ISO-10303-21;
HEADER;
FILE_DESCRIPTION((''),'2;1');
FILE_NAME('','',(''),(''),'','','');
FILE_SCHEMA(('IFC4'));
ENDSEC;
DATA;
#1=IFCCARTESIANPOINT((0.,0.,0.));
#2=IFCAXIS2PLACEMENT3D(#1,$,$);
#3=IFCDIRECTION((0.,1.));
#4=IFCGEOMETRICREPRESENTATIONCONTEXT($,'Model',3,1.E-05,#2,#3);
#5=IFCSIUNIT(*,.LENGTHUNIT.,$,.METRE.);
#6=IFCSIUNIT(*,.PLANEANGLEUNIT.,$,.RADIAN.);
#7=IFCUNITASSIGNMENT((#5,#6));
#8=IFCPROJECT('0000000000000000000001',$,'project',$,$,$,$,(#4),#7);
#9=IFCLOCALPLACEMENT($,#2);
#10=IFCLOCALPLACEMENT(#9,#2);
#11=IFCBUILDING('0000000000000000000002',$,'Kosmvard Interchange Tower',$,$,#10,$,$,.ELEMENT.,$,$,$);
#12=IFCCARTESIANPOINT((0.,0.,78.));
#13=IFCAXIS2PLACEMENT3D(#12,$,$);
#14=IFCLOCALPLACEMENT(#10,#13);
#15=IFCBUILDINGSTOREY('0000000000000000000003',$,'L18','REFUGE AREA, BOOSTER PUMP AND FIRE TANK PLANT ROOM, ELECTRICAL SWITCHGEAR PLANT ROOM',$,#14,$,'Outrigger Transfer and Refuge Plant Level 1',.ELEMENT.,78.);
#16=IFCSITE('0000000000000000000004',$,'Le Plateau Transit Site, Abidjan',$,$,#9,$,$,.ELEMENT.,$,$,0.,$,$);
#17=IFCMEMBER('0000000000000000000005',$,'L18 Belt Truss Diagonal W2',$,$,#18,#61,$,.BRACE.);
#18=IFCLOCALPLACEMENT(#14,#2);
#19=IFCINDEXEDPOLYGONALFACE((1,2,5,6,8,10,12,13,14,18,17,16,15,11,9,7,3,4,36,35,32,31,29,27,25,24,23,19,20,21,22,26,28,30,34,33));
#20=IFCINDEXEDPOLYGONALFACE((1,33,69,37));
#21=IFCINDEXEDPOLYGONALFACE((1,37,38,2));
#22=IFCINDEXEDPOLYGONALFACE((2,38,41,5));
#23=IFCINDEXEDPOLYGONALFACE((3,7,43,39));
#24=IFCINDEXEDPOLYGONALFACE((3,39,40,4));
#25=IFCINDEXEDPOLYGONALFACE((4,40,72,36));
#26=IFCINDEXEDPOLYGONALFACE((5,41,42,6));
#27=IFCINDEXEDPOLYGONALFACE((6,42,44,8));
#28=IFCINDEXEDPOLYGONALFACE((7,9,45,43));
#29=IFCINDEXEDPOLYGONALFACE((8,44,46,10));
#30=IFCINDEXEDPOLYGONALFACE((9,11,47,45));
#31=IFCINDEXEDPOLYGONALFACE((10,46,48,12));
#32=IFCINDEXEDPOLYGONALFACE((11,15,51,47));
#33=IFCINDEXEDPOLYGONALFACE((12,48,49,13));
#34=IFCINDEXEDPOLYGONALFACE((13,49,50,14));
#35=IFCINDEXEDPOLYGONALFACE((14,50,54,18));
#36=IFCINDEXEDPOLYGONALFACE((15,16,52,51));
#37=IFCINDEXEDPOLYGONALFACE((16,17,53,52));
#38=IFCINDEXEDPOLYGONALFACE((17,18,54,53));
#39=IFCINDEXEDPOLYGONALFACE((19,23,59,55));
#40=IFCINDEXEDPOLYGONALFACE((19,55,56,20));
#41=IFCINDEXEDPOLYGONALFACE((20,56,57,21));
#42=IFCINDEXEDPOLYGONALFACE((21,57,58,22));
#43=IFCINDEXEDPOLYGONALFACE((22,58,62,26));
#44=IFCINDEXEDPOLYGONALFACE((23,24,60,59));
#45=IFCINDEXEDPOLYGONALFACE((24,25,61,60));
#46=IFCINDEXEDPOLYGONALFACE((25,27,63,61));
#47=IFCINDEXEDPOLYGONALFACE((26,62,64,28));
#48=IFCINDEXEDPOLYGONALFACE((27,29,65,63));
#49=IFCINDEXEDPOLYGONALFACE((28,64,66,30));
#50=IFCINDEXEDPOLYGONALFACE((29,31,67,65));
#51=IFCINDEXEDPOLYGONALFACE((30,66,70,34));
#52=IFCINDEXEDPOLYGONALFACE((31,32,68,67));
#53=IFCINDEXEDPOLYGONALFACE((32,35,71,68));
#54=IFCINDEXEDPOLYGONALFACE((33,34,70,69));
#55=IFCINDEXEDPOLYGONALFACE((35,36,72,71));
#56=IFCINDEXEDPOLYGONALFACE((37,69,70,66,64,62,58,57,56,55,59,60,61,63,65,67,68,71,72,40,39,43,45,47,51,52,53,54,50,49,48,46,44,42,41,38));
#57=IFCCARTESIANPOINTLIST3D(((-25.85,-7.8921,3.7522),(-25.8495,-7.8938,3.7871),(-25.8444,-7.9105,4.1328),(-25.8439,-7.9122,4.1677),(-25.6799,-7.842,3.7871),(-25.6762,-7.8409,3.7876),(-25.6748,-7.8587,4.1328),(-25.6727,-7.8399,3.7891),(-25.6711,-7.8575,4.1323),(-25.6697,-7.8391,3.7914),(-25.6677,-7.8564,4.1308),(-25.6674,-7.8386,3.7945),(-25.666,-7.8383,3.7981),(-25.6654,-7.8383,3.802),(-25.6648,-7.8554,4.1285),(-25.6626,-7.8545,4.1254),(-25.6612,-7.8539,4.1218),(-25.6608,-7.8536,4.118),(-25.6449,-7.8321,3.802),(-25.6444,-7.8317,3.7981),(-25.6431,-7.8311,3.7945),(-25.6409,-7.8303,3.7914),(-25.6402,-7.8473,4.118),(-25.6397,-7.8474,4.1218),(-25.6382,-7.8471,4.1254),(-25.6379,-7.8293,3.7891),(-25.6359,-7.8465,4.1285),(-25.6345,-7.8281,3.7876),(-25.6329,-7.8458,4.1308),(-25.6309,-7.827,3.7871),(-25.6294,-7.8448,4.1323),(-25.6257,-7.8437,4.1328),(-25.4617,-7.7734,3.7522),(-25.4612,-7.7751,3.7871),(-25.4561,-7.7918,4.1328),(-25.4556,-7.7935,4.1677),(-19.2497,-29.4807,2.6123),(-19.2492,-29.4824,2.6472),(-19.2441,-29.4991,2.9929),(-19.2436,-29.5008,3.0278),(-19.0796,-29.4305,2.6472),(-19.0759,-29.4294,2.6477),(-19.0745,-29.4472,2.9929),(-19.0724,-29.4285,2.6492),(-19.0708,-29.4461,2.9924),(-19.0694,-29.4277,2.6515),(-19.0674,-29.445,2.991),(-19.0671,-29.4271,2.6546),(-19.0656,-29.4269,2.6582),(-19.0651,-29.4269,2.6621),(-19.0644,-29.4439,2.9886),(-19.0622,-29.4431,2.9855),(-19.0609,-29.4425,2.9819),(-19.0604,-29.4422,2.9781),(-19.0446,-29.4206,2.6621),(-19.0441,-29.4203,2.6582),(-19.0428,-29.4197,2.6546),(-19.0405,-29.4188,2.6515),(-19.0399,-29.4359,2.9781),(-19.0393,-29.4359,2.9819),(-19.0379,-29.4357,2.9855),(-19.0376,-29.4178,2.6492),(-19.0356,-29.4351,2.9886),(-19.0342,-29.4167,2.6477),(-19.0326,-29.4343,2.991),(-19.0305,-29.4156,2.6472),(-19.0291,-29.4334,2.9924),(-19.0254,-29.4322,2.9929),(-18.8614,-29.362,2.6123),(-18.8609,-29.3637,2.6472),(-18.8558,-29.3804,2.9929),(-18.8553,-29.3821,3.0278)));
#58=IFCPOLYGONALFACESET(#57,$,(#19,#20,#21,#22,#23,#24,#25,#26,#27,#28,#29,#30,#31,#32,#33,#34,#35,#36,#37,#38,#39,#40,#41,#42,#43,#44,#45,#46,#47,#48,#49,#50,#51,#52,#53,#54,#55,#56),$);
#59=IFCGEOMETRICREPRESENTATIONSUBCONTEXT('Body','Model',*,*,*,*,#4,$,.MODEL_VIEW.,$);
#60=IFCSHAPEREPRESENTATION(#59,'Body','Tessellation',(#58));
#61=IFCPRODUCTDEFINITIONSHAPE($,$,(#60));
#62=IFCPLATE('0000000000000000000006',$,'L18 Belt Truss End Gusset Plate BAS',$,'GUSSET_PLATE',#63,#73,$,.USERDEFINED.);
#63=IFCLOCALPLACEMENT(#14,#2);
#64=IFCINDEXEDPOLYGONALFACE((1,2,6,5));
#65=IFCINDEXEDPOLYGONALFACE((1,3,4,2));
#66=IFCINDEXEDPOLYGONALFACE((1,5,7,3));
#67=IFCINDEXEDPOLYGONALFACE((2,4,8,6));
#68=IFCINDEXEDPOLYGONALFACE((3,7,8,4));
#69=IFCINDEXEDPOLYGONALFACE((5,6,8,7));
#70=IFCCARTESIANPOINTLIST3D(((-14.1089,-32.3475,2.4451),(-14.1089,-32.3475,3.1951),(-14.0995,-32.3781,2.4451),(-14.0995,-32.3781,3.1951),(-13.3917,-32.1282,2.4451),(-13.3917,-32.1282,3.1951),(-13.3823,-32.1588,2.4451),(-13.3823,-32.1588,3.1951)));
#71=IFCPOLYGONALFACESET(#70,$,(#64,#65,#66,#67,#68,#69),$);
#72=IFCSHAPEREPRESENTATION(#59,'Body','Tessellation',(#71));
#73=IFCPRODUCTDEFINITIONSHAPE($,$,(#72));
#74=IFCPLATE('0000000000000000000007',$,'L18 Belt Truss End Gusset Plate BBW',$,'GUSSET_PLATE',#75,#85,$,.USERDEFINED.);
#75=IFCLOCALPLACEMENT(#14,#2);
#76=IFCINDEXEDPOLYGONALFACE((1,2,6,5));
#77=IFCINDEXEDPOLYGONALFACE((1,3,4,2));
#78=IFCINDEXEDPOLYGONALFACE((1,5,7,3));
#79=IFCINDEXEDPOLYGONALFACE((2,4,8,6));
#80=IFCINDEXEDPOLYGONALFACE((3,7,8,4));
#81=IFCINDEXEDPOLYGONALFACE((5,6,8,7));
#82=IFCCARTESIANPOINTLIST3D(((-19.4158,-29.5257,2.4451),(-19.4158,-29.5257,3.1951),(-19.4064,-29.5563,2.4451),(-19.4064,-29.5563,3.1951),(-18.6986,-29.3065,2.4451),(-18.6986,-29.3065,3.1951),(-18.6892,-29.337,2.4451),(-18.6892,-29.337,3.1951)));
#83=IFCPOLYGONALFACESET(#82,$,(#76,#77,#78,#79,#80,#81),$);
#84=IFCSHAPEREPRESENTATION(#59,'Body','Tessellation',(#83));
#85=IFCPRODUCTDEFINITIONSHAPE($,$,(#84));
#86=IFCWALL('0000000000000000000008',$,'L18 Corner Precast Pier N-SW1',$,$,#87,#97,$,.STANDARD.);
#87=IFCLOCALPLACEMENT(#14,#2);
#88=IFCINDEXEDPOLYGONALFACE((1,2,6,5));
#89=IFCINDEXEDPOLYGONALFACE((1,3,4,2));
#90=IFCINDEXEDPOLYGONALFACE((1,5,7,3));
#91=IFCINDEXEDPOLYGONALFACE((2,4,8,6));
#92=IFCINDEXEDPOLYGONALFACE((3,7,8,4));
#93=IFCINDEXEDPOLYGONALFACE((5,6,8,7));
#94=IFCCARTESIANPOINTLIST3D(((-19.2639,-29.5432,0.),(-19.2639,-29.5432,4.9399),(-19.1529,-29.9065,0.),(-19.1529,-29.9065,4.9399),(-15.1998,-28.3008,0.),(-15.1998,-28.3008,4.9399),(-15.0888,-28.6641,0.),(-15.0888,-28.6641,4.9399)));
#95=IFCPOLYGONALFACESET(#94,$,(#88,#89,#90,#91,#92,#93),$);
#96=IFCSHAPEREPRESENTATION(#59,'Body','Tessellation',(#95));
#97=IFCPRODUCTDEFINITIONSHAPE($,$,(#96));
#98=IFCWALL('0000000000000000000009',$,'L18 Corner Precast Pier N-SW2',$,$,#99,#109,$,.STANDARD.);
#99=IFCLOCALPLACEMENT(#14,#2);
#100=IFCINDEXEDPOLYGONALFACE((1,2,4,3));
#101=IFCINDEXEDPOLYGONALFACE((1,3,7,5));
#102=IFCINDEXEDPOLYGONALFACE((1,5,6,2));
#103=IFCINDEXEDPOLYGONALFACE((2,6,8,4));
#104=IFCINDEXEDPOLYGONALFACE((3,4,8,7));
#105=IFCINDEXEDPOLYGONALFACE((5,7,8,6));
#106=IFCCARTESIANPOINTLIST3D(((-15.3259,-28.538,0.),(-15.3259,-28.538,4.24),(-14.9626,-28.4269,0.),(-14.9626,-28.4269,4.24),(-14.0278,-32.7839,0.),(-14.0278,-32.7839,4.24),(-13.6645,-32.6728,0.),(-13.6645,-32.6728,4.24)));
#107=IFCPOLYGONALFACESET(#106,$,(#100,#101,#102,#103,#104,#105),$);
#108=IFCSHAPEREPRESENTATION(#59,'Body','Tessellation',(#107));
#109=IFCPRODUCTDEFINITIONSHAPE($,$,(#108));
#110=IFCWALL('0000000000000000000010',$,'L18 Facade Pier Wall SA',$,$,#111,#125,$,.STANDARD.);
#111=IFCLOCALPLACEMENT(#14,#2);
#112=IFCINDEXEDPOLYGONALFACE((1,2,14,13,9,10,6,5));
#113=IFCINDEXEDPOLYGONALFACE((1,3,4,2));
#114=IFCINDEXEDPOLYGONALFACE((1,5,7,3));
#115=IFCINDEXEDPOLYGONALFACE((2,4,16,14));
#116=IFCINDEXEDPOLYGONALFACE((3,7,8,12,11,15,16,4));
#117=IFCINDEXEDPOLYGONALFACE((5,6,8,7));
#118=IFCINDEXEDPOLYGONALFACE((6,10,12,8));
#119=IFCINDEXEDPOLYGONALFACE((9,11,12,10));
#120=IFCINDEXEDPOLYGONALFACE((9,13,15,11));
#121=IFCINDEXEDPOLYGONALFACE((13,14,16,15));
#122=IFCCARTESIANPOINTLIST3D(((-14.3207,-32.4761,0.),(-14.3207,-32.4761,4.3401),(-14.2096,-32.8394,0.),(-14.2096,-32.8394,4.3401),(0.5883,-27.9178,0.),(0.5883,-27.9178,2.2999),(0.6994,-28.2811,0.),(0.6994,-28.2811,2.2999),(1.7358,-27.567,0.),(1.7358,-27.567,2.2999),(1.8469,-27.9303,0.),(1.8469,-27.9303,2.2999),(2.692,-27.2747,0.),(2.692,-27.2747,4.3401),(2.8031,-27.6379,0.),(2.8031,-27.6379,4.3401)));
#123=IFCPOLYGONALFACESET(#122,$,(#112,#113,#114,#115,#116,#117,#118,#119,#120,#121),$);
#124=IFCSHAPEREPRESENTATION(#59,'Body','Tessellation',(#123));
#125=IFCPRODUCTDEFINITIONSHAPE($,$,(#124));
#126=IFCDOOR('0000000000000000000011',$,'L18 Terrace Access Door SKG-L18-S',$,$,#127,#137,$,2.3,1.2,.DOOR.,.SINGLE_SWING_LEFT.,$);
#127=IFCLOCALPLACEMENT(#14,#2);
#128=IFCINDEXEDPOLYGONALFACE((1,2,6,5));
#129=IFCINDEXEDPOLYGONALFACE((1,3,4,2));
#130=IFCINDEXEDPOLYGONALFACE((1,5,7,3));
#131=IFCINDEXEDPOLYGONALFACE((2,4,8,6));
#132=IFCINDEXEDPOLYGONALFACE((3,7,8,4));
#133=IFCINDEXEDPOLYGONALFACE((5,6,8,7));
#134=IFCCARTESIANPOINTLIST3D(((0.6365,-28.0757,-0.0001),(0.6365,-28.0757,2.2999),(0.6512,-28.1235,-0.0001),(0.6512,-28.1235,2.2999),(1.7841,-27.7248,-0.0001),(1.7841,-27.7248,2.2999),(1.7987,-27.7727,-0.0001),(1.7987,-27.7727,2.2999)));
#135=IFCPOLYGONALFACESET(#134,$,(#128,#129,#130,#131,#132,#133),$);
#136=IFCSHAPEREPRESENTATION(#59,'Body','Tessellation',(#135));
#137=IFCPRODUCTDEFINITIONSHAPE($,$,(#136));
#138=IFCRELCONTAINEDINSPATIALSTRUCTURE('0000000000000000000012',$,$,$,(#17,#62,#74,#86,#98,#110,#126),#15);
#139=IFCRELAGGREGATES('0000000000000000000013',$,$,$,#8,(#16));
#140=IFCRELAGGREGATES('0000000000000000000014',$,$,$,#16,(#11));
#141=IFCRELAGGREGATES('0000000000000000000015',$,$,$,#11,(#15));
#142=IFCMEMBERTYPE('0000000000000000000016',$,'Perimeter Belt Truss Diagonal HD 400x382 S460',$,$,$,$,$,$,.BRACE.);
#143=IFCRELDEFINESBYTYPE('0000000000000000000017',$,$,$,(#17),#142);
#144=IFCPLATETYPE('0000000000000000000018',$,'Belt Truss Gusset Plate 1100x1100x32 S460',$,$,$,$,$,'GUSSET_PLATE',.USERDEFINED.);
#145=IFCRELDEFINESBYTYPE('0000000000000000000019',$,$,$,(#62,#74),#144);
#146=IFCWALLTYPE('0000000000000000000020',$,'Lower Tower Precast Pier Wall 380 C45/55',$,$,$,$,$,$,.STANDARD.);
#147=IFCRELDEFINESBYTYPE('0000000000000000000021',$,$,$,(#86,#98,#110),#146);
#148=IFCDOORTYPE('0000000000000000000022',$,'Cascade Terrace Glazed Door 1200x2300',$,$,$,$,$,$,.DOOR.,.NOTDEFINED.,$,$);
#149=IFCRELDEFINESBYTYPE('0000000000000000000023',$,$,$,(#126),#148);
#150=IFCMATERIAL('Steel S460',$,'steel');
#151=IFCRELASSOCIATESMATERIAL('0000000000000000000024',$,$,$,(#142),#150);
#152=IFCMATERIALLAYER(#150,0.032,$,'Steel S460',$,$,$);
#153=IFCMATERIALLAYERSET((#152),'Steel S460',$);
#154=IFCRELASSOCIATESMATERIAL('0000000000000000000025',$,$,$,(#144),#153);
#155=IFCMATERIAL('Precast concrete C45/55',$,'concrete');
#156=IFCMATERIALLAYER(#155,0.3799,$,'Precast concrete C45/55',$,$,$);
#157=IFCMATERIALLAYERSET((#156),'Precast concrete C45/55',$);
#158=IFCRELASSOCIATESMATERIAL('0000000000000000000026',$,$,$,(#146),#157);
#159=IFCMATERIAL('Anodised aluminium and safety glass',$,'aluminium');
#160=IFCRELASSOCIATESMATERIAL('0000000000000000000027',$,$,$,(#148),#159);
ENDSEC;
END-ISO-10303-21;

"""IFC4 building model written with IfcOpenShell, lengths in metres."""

from ifc_helpers import new_model, si_unit, direction, frame, frame_2d, origin, origin_2d, place, context, subcontext, project, spatial, rectangle, i_section, extrude, source, transform, mapped, material, layer, layer_set, material_profile, profile_set, type_object, element, fill, save


model = new_model("IFC4")

# Units and contexts
model_context = context("Model", 3, precision=1e-05, world=origin(), true_north=direction((0.0, 1.0)))
body_context = subcontext(model_context, "Body", "Model", "MODEL_VIEW")
ifc_project = project(units=[si_unit("LENGTHUNIT", "METRE"), si_unit("PLANEANGLEUNIT", "RADIAN")], contexts=[model_context])

# Site, building, storey
site_placement = place(None, origin())
site = spatial("IfcSite", under=ifc_project, at=site_placement, Name="Le Plateau Transit Site, Abidjan", CompositionType="ELEMENT", RefElevation=0.0)
building_placement = place(site_placement, origin())
building = spatial("IfcBuilding", under=site, at=building_placement, Name="Kosmvard Interchange Tower", CompositionType="ELEMENT")
storey_placement = place(building_placement, frame((0.0, 0.0, 78.0)))
storey = spatial("IfcBuildingStorey", under=building, at=storey_placement, Name="L18", Description="REFUGE AREA, BOOSTER PUMP AND FIRE TANK PLANT ROOM, ELECTRICAL SWITCHGEAR PLANT ROOM", LongName="Outrigger Transfer and Refuge Plant Level 1", CompositionType="ELEMENT", Elevation=78.0)

# Member
ifc_material_1 = material(Name="Steel S460", Category="steel")
ifc_material_profile_1 = material_profile(ifc_material_1, i_section(OverallWidth=0.406, OverallDepth=0.416, WebThickness=0.0215, FlangeThickness=0.0349, FilletRadius=0.0149, at=origin_2d()), Name="HD 400x382")
ifc_profile_set_1 = profile_set([ifc_material_profile_1], Name="Steel S460")
member_type_1 = type_object("IfcMemberType", Name="Perimeter Belt Truss Diagonal HD 400x382 S460", PredefinedType="BRACE", material=ifc_profile_set_1)
shared_shape_1 = source(origin(), body_context, "Body", "SweptSolid", [
    extrude(i_section(OverallWidth=0.406, OverallDepth=0.416, WebThickness=0.0215, FlangeThickness=0.0349, FilletRadius=0.0149, at=origin_2d()), origin(), (0.0, 0.0, 1.0), 22.6038),
])
member_1_placement = place(storey_placement, frame((-19.0525, -29.4314, 2.8201), z_axis=(-0.292001, 0.955088, 0.050429), x_axis=(-0.956304, -0.292373, 0.0)))
element("IfcMember", 1, at=member_1_placement, inside=storey, type_object=member_type_1, Name="L18 Belt Truss Diagonal W2", PredefinedType="BRACE", context=body_context, shape_type="MappedRepresentation", body=[
    mapped(shared_shape_1, transform((0.0, 0.0, 0.0), scale=1.0)),
])

# Plates
ifc_layer_1 = layer(ifc_material_1, 0.032, Name="Steel S460")
ifc_layer_set_1 = layer_set([ifc_layer_1], Name="Steel S460")
plate_type = type_object("IfcPlateType", Name="Belt Truss Gusset Plate 1100x1100x32 S460", ElementType="GUSSET_PLATE", PredefinedType="USERDEFINED", material=ifc_layer_set_1)
shared_shape_2 = source(origin(), body_context, "Body", "SweptSolid", [
    extrude(rectangle(XDim=0.75, YDim=0.032, at=origin_2d()), origin(), (0.0, 0.0, 1.0), 0.75),
])
for number, where, z_axis, x_axis, name in (
    (2, (-13.7456, -32.2532, 2.4451), (0.0, 0.0, 1.0), (0.956305, 0.292372, 0.0), "L18 Belt Truss End Gusset Plate BAS"),
    (3, (-19.0525, -29.4314, 2.4451), (0.0, 0.0, 1.0), (0.956305, 0.292372, 0.0), "L18 Belt Truss End Gusset Plate BBW"),
):
    element("IfcPlate", number, at=place(storey_placement, frame(where, z_axis=z_axis, x_axis=x_axis)), inside=storey, type_object=plate_type, Name=name, ObjectType="GUSSET_PLATE", PredefinedType="USERDEFINED", context=body_context, shape_type="MappedRepresentation", body=[
        mapped(shared_shape_2, transform((0.0, 0.0, 0.0), scale=1.0)),
    ])

# Walls
ifc_material_2 = material(Name="Precast concrete C45/55", Category="concrete")
ifc_layer_2 = layer(ifc_material_2, 0.3799, Name="Precast concrete C45/55")
ifc_layer_set_2 = layer_set([ifc_layer_2], Name="Precast concrete C45/55")
wall_type = type_object("IfcWallType", Name="Lower Tower Precast Pier Wall 380 C45/55", PredefinedType="STANDARD", material=ifc_layer_set_2)
wall_1_placement = place(storey_placement, frame((-19.2085, -29.7249, 0.0), z_axis=(0.0, 0.0, 1.0), x_axis=(0.956313, 0.292346, 0.0)))
element("IfcWall", 4, at=wall_1_placement, inside=storey, type_object=wall_type, Name="L18 Corner Precast Pier N-SW1", PredefinedType="STANDARD", context=body_context, shape_type="SweptSolid", body=[
    extrude(rectangle(XDim=4.2498, YDim=0.3799, at=frame_2d((2.125, 0.0))), origin(), (0.0, 0.0, 1.0), 4.9399),
])
wall_2_placement = place(storey_placement, frame((-15.1443, -28.4824, 0.0), z_axis=(0.0, 0.0, 1.0), x_axis=(0.292374, -0.956304, 0.0)))
element("IfcWall", 5, at=wall_2_placement, inside=storey, type_object=wall_type, Name="L18 Corner Precast Pier N-SW2", PredefinedType="STANDARD", context=body_context, shape_type="SweptSolid", body=[
    extrude(rectangle(XDim=4.4399, YDim=0.3799, at=frame_2d((2.22, 0.0))), origin(), (0.0, 0.0, 1.0), 4.24),
])

# Wall, opening, door
wall_3_placement = place(storey_placement, frame((-14.2651, -32.6577, 0.0), z_axis=(0.0, 0.0, 1.0), x_axis=(0.956303, 0.292378, 0.0)))
wall_3 = element("IfcWall", 6, at=wall_3_placement, inside=storey, type_object=wall_type, Name="L18 Facade Pier Wall SA", PredefinedType="STANDARD", context=body_context, shape_type="SweptSolid", body=[
    extrude(rectangle(XDim=17.79, YDim=0.3799, at=frame_2d((8.895, 0.0))), origin(), (0.0, 0.0, 1.0), 4.3401),
])
opening_placement = place(wall_3_placement, frame((15.5901, 0.0, 0.0)))
opening = element("IfcOpeningElement", 7, at=opening_placement, cuts=wall_3, PredefinedType="OPENING", context=body_context, shape_type="SweptSolid", body=[
    extrude(rectangle(XDim=1.2, YDim=2.3, at=frame_2d((0.6001, 1.1499))), frame((0.0, 0.2, 0.0), z_axis=(0.0, -1.0, 0.0), x_axis=(1.0, 0.0, 0.0)), (0.0, 0.0, 1.0), 0.3999),
])
ifc_material_3 = material(Name="Anodised aluminium and safety glass", Category="aluminium")
door_type = type_object("IfcDoorType", Name="Cascade Terrace Glazed Door 1200x2300", OperationType="NOTDEFINED", PredefinedType="DOOR", material=ifc_material_3)
shared_shape_3 = source(origin(), body_context, "Body", "SweptSolid", [
    extrude(rectangle(XDim=1.2, YDim=2.3, at=frame_2d((0.6001, 1.1499))), frame((0.0, 0.0249, 0.0), z_axis=(0.0, -1.0, 0.0), x_axis=(1.0, 0.0, 0.0)), (0.0, 0.0, 1.0), 0.05),
])
door_placement = place(opening_placement, origin())
door = element("IfcDoor", 8, at=door_placement, inside=storey, type_object=door_type, Name="L18 Terrace Access Door SKG-L18-S", OperationType="SINGLE_SWING_LEFT", OverallHeight=2.3, OverallWidth=1.2, PredefinedType="DOOR", context=body_context, shape_type="MappedRepresentation", body=[
    mapped(shared_shape_3, transform((0.0, 0.0, 0.0), scale=1.0)),
])
fill(opening, door)

save(model, "model.ifc")
